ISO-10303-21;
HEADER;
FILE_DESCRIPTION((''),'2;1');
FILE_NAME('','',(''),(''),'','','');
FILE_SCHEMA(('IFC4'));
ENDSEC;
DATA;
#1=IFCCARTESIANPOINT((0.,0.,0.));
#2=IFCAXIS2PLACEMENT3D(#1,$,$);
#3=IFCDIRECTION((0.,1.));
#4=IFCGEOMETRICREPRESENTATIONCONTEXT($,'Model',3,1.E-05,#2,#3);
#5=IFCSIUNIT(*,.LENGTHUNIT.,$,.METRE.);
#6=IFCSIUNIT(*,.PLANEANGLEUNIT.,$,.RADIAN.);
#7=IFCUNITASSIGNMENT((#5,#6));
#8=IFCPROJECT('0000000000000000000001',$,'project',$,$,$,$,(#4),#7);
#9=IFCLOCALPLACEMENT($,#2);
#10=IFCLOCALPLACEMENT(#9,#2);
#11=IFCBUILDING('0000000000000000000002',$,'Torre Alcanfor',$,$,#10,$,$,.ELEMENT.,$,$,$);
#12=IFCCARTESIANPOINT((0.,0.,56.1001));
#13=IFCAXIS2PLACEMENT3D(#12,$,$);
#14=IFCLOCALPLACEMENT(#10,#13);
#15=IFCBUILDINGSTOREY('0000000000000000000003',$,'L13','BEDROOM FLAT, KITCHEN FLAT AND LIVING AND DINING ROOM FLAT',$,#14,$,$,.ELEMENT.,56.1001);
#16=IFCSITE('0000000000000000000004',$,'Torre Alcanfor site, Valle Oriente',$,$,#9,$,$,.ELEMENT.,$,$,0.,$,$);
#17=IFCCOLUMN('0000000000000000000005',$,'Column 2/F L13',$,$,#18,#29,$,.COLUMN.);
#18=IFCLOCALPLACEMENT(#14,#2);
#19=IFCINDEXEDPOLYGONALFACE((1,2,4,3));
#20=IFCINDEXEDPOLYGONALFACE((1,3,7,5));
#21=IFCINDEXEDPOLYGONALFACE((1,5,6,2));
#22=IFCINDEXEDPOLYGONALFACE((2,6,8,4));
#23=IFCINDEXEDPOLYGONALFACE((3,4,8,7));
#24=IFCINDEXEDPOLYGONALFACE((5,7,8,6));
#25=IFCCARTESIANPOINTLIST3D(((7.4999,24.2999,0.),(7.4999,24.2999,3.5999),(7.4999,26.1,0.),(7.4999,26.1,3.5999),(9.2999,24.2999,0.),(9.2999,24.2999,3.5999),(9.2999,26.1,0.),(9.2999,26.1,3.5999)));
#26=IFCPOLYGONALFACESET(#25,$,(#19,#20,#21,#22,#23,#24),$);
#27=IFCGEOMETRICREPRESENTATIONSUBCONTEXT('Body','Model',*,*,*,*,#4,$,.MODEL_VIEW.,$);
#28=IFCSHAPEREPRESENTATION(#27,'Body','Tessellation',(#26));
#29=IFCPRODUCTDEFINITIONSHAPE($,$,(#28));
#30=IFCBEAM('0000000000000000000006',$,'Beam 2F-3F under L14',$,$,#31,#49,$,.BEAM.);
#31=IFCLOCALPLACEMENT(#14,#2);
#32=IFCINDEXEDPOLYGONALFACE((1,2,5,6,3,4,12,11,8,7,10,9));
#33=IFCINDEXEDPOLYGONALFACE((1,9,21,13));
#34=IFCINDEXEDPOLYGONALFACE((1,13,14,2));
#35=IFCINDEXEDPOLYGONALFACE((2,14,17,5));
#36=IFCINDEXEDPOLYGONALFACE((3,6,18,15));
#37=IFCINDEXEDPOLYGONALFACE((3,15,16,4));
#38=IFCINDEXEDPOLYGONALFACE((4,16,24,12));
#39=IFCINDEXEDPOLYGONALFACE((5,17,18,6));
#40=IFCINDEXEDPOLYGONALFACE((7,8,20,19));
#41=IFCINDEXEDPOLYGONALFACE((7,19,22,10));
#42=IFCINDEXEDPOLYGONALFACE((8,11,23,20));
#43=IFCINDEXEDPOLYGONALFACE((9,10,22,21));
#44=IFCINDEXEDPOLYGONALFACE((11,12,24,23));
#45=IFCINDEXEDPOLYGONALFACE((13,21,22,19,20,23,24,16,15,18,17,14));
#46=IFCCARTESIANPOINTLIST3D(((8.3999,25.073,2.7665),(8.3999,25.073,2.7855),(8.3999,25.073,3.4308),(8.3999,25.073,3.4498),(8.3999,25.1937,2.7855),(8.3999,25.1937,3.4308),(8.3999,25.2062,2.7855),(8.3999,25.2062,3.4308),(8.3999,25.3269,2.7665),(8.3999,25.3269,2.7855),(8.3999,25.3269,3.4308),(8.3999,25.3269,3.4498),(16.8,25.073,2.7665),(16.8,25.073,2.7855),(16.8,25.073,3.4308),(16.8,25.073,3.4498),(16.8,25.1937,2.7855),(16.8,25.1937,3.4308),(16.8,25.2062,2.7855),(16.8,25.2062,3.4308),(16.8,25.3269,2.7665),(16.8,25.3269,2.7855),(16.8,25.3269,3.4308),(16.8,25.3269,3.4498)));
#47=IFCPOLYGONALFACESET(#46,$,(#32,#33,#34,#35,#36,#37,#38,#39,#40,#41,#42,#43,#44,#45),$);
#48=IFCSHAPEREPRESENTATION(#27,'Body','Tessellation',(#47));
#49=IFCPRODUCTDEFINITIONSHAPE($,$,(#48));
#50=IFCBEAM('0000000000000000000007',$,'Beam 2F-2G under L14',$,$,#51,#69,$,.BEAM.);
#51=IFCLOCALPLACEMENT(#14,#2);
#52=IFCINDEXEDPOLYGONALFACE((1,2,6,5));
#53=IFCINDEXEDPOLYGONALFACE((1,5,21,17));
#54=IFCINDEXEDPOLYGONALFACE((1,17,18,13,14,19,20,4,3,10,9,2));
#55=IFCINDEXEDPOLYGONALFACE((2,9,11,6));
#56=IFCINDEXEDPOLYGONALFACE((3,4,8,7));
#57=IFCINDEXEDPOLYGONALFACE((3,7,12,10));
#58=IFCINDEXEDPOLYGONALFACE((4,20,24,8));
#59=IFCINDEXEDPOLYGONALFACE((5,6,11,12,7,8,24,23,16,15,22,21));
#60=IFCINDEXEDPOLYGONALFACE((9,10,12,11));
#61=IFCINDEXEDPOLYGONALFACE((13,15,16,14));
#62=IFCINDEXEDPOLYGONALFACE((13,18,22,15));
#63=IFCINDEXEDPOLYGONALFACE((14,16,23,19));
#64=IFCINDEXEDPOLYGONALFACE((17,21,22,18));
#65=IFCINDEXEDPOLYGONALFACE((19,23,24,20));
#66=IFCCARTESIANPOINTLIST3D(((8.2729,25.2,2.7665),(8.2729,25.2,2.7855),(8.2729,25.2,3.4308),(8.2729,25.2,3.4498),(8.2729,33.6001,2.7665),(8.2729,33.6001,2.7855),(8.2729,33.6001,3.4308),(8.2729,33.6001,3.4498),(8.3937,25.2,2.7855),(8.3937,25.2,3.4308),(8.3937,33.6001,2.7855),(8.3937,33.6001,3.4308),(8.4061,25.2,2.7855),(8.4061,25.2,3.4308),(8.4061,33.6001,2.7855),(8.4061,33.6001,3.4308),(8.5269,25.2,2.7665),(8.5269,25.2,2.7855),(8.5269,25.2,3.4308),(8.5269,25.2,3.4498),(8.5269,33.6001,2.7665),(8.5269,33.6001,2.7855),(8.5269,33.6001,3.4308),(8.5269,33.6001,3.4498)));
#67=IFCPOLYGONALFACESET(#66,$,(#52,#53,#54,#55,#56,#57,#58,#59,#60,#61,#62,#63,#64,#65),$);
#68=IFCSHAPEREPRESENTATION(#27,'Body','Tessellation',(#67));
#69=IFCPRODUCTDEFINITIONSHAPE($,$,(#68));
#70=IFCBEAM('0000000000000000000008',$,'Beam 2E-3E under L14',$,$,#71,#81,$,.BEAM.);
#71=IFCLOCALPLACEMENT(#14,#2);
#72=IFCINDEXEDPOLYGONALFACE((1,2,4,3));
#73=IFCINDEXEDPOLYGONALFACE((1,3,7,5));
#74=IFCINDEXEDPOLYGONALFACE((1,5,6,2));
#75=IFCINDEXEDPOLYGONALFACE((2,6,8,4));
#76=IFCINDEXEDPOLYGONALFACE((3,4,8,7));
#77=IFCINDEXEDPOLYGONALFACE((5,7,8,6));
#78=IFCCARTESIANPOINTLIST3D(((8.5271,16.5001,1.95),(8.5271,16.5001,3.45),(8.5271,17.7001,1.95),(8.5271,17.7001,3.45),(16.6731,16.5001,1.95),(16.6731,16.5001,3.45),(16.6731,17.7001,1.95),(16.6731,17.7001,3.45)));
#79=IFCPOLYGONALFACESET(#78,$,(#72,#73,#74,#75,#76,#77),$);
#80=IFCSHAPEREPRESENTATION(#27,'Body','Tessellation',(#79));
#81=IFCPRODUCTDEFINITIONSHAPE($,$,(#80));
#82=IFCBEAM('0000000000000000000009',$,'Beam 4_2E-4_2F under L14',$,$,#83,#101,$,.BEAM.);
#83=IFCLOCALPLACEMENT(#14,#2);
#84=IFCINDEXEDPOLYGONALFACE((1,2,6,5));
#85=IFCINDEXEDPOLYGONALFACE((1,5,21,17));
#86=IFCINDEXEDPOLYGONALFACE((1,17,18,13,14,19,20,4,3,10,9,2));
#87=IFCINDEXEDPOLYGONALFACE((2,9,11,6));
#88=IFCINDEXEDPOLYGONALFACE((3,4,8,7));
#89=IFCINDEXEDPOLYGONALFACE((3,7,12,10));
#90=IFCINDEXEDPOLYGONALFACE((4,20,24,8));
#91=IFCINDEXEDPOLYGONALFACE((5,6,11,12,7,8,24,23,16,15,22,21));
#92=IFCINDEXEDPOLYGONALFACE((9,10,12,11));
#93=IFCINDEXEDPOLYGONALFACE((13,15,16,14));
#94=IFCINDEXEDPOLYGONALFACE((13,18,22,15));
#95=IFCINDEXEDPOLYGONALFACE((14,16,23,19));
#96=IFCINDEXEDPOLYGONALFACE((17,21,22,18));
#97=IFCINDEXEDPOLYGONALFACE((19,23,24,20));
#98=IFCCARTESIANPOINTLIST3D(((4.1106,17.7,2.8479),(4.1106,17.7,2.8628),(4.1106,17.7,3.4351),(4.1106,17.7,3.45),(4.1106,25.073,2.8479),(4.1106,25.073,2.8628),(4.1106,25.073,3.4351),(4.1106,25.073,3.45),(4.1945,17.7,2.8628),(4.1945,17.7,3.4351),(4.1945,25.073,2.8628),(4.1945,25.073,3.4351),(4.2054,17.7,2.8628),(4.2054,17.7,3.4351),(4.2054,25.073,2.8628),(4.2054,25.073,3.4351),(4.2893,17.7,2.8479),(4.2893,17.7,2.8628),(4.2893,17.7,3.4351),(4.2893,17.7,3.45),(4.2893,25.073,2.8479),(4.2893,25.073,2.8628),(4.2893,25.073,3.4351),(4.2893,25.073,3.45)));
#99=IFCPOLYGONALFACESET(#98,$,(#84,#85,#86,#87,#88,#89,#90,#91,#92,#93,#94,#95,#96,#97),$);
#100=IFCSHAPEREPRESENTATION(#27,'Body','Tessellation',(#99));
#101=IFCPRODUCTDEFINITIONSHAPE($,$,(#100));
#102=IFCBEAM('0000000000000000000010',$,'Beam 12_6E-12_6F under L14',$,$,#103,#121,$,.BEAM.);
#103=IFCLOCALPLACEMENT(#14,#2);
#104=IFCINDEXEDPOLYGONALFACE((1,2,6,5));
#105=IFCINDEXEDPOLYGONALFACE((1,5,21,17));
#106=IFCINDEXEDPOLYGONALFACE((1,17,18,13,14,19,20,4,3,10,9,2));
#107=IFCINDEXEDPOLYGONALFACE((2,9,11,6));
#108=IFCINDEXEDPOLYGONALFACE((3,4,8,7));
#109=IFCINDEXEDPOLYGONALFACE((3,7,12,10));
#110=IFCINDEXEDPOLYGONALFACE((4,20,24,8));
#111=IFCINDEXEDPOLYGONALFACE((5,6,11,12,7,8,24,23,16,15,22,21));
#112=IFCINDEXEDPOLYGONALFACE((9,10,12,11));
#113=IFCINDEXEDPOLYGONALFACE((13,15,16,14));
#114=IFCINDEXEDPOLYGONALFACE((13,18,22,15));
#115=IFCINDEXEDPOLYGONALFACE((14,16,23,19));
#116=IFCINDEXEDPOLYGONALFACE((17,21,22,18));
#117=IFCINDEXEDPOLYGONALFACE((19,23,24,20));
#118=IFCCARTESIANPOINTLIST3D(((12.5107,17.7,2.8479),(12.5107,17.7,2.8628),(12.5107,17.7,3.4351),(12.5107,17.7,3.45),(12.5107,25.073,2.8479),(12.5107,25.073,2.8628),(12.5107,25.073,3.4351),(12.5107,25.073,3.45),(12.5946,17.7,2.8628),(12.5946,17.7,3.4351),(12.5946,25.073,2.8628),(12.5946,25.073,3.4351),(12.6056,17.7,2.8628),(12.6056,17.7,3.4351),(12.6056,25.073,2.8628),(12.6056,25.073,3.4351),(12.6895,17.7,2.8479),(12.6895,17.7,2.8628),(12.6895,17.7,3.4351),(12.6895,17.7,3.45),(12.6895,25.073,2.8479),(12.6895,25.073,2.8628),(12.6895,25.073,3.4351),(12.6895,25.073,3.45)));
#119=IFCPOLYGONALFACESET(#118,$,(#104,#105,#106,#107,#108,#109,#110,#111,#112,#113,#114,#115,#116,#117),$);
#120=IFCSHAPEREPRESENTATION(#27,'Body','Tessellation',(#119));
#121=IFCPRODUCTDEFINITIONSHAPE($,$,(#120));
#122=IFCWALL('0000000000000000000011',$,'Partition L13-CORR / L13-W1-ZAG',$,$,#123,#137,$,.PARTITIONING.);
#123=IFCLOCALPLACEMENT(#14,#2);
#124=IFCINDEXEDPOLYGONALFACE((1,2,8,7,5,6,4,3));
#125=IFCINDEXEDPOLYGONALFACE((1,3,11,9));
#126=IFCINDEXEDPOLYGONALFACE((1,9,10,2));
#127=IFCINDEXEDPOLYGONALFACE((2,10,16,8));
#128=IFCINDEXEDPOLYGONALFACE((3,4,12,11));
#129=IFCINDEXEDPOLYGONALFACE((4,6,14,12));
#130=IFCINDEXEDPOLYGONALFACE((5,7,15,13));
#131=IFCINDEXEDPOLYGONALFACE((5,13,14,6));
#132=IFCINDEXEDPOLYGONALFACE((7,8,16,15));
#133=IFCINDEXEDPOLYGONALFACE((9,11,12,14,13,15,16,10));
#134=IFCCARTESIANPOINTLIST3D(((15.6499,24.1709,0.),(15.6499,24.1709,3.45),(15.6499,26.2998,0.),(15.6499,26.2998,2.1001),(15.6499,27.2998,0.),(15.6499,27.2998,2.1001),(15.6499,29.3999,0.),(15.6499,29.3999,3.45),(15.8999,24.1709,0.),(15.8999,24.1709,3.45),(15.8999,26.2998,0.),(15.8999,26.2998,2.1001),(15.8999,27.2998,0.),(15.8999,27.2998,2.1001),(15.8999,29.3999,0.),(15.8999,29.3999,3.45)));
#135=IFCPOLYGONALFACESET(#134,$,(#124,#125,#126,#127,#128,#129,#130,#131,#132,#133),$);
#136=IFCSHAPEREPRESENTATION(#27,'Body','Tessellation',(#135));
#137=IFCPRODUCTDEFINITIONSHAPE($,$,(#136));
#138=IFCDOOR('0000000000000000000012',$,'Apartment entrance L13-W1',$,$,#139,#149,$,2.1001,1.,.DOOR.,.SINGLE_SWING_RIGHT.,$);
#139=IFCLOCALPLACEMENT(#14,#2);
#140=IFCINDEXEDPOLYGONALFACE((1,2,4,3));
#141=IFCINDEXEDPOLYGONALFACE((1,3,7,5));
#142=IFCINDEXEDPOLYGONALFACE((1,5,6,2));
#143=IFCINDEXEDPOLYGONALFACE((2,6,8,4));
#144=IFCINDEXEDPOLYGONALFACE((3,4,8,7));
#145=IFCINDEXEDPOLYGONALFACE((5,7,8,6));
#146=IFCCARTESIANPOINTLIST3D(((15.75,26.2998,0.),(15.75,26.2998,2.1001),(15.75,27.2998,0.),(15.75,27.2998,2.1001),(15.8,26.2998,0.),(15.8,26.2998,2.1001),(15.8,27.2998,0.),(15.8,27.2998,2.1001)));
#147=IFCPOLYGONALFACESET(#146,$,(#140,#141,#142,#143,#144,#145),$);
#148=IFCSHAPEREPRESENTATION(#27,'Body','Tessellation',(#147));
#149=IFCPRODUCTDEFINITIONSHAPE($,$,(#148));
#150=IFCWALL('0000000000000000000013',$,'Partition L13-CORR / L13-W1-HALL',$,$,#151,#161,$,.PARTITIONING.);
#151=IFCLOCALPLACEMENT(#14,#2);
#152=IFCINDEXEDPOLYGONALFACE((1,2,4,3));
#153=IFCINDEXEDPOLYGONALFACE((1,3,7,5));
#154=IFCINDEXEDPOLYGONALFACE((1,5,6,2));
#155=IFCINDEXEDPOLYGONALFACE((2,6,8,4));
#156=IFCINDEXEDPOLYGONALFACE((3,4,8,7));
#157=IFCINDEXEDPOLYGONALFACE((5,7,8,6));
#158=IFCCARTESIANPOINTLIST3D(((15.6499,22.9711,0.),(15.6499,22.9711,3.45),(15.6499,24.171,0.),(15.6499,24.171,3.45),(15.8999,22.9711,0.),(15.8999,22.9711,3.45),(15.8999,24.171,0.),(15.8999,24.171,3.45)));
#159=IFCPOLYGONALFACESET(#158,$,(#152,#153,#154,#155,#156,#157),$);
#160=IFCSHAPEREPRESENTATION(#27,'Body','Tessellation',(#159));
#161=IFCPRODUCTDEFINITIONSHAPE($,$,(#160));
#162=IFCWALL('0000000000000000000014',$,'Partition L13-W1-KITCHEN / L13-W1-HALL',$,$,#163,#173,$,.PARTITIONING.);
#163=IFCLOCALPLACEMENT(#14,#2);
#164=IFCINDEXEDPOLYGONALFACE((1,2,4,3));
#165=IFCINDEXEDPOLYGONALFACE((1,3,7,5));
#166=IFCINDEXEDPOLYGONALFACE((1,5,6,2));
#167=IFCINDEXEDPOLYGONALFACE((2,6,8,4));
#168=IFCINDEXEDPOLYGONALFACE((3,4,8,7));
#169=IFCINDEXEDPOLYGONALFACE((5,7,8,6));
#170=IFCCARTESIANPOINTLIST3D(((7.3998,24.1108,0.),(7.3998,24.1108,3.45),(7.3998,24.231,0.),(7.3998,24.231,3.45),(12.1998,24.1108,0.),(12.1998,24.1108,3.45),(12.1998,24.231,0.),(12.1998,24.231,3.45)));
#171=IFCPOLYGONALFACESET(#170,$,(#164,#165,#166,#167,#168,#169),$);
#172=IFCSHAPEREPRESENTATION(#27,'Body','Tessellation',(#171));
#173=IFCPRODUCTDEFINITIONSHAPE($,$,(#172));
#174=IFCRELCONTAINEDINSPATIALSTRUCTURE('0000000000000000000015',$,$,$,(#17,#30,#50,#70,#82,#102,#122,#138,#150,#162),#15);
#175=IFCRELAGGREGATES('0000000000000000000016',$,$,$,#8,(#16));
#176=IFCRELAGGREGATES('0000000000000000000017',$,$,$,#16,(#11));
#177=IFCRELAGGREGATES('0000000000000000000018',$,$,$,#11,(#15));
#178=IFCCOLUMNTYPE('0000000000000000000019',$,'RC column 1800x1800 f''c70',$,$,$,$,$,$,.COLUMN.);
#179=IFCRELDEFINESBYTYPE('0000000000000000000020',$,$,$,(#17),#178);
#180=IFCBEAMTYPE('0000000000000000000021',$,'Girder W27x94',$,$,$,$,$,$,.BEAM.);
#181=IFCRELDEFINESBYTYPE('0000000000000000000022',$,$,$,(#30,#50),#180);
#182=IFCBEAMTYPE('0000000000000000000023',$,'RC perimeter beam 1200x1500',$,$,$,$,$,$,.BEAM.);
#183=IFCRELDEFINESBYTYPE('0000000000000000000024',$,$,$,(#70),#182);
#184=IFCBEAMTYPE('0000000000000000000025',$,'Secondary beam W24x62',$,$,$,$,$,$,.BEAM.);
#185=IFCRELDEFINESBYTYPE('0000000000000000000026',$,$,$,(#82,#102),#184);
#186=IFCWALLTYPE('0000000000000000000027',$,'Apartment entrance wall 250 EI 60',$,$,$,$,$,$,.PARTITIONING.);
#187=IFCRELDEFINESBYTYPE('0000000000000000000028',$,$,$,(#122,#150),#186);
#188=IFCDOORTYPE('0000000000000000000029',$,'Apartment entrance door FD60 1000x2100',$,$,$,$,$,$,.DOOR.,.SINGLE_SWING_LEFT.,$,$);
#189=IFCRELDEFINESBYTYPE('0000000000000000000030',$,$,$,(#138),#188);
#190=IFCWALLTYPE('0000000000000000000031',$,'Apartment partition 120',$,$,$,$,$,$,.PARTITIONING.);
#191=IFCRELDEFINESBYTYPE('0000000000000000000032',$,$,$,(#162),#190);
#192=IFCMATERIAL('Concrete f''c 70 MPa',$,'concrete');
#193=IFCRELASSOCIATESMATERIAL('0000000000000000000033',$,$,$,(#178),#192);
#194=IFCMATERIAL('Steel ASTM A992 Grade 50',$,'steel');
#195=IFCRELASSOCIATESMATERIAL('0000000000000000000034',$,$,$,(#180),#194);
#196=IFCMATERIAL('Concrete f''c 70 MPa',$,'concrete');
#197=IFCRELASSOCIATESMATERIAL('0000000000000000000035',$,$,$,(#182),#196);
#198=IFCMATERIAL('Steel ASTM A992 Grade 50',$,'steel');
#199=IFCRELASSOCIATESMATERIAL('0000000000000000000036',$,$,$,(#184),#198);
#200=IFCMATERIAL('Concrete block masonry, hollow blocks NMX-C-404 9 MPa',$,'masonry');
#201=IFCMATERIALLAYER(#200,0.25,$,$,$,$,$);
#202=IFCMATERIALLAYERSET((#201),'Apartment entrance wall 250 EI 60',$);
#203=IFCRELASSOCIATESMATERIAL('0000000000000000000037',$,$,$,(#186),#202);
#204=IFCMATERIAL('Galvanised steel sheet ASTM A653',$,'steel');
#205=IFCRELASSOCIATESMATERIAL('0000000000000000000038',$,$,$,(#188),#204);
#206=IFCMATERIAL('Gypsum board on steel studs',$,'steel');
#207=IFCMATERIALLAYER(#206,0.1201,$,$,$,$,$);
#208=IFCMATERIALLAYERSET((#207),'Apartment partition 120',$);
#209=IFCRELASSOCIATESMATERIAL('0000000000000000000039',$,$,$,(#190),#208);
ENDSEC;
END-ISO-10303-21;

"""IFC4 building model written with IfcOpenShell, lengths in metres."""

from ifc_helpers import new_model, si_unit, direction, frame, frame_2d, origin, origin_2d, place, context, subcontext, project, spatial, rectangle, i_section, extrude, material, layer, layer_set, material_profile, profile_set, type_object, element, fill, save


model = new_model("IFC4")

# Units and contexts
model_context = context("Model", 3, precision=1e-05, world=origin(), true_north=direction((0.0, 1.0)))
body_context = subcontext(model_context, "Body", "Model", "MODEL_VIEW")
ifc_project = project(units=[si_unit("LENGTHUNIT", "METRE"), si_unit("PLANEANGLEUNIT", "RADIAN")], contexts=[model_context])

# Site, building, storey
site_placement = place(None, origin())
site = spatial("IfcSite", under=ifc_project, at=site_placement, Name="Torre Alcanfor site, Valle Oriente", CompositionType="ELEMENT", RefElevation=0.0)
building_placement = place(site_placement, origin())
building = spatial("IfcBuilding", under=site, at=building_placement, Name="Torre Alcanfor", CompositionType="ELEMENT")
storey_placement = place(building_placement, frame((0.0, 0.0, 56.1001)))
storey = spatial("IfcBuildingStorey", under=building, at=storey_placement, Name="L13", Description="BEDROOM FLAT, KITCHEN FLAT AND LIVING AND DINING ROOM FLAT", CompositionType="ELEMENT", Elevation=56.1001)

# Column
ifc_material_1 = material(Name="Concrete f'c 70 MPa", Category="concrete")
ifc_material_profile_1 = material_profile(ifc_material_1, rectangle(XDim=1.8, YDim=1.8, at=origin_2d()), Name="1800x1800")
ifc_profile_set_1 = profile_set([ifc_material_profile_1], Name="Concrete f'c 70 MPa")
column_type = type_object("IfcColumnType", Name="RC column 1800x1800 f'c70", PredefinedType="COLUMN", material=ifc_profile_set_1)
column_placement = place(storey_placement, frame((8.3999, 25.2, 0.0), z_axis=(0.0, 0.0, 1.0), x_axis=(1.0, 0.0, 0.0)))
element("IfcColumn", 1, at=column_placement, inside=storey, type_object=column_type, Name="Column 2/F L13", PredefinedType="COLUMN", context=body_context, shape_type="SweptSolid", body=[
    extrude(rectangle(XDim=1.8, YDim=1.8, at=origin_2d()), origin(), (0.0, 0.0, 1.0), 3.5999),
])

# Beams
ifc_material_2 = material(Name="Steel ASTM A992 Grade 50", Category="steel")
ifc_material_profile_2 = material_profile(ifc_material_2, i_section(OverallWidth=0.2539, OverallDepth=0.6833, WebThickness=0.0125, FlangeThickness=0.019, at=origin_2d()), Name="W27x94")
ifc_profile_set_2 = profile_set([ifc_material_profile_2], Name="Steel ASTM A992 Grade 50")
beam_type_1 = type_object("IfcBeamType", Name="Girder W27x94", PredefinedType="BEAM", material=ifc_profile_set_2)
for number, where, z_axis, x_axis, name in (
    (2, (8.3999, 25.2, 3.1082), (1.0, 0.0, 0.0), (0.0, 1.0, 0.0), "Beam 2F-3F under L14"),
    (3, (8.3999, 25.2, 3.1082), (0.0, 1.0, 0.0), (-1.0, 0.0, 0.0), "Beam 2F-2G under L14"),
):
    element("IfcBeam", number, at=place(storey_placement, frame(where, z_axis=z_axis, x_axis=x_axis)), inside=storey, type_object=beam_type_1, Name=name, PredefinedType="BEAM", context=body_context, shape_type="SweptSolid", body=[
        extrude(i_section(OverallWidth=0.2539, OverallDepth=0.6833, WebThickness=0.0125, FlangeThickness=0.019, at=origin_2d()), origin(), (0.0, 0.0, 1.0), 8.4001),
    ])
ifc_material_3 = material(Name="Concrete f'c 70 MPa", Category="concrete")
ifc_material_profile_3 = material_profile(ifc_material_3, rectangle(XDim=1.2, YDim=1.5, at=origin_2d()), Name="1200x1500")
ifc_profile_set_3 = profile_set([ifc_material_profile_3], Name="Concrete f'c 70 MPa")
beam_type_2 = type_object("IfcBeamType", Name="RC perimeter beam 1200x1500", PredefinedType="BEAM", material=ifc_profile_set_3)
beam_placement = place(storey_placement, frame((8.5271, 17.1001, 2.7), z_axis=(1.0, 0.0, 0.0), x_axis=(0.0, 1.0, 0.0)))
element("IfcBeam", 4, at=beam_placement, inside=storey, type_object=beam_type_2, Name="Beam 2E-3E under L14", PredefinedType="BEAM", context=body_context, shape_type="SweptSolid", body=[
    extrude(rectangle(XDim=1.2, YDim=1.5, at=origin_2d()), origin(), (0.0, 0.0, 1.0), 8.146),
])
ifc_material_4 = material(Name="Steel ASTM A992 Grade 50", Category="steel")
ifc_material_profile_4 = material_profile(ifc_material_4, i_section(OverallWidth=0.1787, OverallDepth=0.6021, WebThickness=0.011, FlangeThickness=0.0149, at=origin_2d()), Name="W24x62")
ifc_profile_set_4 = profile_set([ifc_material_profile_4], Name="Steel ASTM A992 Grade 50")
beam_type_3 = type_object("IfcBeamType", Name="Secondary beam W24x62", PredefinedType="BEAM", material=ifc_profile_set_4)
for number, where, z_axis, x_axis, name in (
    (5, (4.2, 17.7, 3.1489), (0.0, 1.0, 0.0), (-1.0, 0.0, 0.0), "Beam 4_2E-4_2F under L14"),
    (6, (12.6001, 17.7, 3.1489), (0.0, 1.0, 0.0), (-1.0, 0.0, 0.0), "Beam 12_6E-12_6F under L14"),
):
    element("IfcBeam", number, at=place(storey_placement, frame(where, z_axis=z_axis, x_axis=x_axis)), inside=storey, type_object=beam_type_3, Name=name, PredefinedType="BEAM", context=body_context, shape_type="SweptSolid", body=[
        extrude(i_section(OverallWidth=0.1787, OverallDepth=0.6021, WebThickness=0.011, FlangeThickness=0.0149, at=origin_2d()), origin(), (0.0, 0.0, 1.0), 7.373),
    ])

# Wall, opening, door
ifc_material_5 = material(Name="Concrete block masonry, hollow blocks NMX-C-404 9 MPa", Category="masonry")
ifc_layer_1 = layer(ifc_material_5, 0.25)
ifc_layer_set_1 = layer_set([ifc_layer_1], Name="Apartment entrance wall 250 EI 60")
wall_type_1 = type_object("IfcWallType", Name="Apartment entrance wall 250 EI 60", PredefinedType="PARTITIONING", material=ifc_layer_set_1)
wall_1_placement = place(storey_placement, frame((15.7749, 24.1709, 0.0), z_axis=(0.0, 0.0, 1.0), x_axis=(0.0, 1.0, 0.0)))
wall_1 = element("IfcWall", 7, at=wall_1_placement, inside=storey, type_object=wall_type_1, Name="Partition L13-CORR / L13-W1-ZAG", PredefinedType="PARTITIONING", context=body_context, shape_type="SweptSolid", body=[
    extrude(rectangle(XDim=5.229, YDim=0.25, at=frame_2d((2.6145, 0.0))), origin(), (0.0, 0.0, 1.0), 3.45),
])
opening_1_placement = place(wall_1_placement, frame((2.1289, 0.0, 0.0)))
opening_1 = element("IfcOpeningElement", 8, at=opening_1_placement, cuts=wall_1, PredefinedType="OPENING", context=body_context, shape_type="SweptSolid", body=[
    extrude(rectangle(XDim=1.0, YDim=2.1001, at=frame_2d((0.5, 1.05))), frame((0.0, 0.135, 0.0), z_axis=(0.0, -1.0, 0.0), x_axis=(1.0, 0.0, 0.0)), (0.0, 0.0, 1.0), 0.27),
])
ifc_material_6 = material(Name="Galvanised steel sheet ASTM A653", Category="steel")
door_type_1 = type_object("IfcDoorType", Name="Apartment entrance door FD60 1000x2100", OperationType="SINGLE_SWING_LEFT", PredefinedType="DOOR", material=ifc_material_6)
door_1_placement = place(opening_1_placement, origin())
door_1 = element("IfcDoor", 9, at=door_1_placement, inside=storey, type_object=door_type_1, Name="Apartment entrance L13-W1", OperationType="SINGLE_SWING_RIGHT", OverallHeight=2.1001, OverallWidth=1.0, PredefinedType="DOOR", context=body_context, shape_type="SweptSolid", body=[
    extrude(rectangle(XDim=1.0, YDim=2.1001, at=frame_2d((0.5, 1.05))), frame((0.0, 0.0249, 0.0), z_axis=(0.0, -1.0, 0.0), x_axis=(1.0, 0.0, 0.0)), (0.0, 0.0, 1.0), 0.05),
])
fill(opening_1, door_1)

# Walls
wall_2_placement = place(storey_placement, frame((15.7749, 22.9709, 0.0), z_axis=(0.0, 0.0, 1.0), x_axis=(0.0, 1.0, 0.0)))
element("IfcWall", 10, at=wall_2_placement, inside=storey, type_object=wall_type_1, Name="Partition L13-CORR / L13-W1-HALL", PredefinedType="PARTITIONING", context=body_context, shape_type="SweptSolid", body=[
    extrude(rectangle(XDim=1.2, YDim=0.25, at=frame_2d((0.6001, 0.0))), origin(), (0.0, 0.0, 1.0), 3.45),
])
ifc_material_7 = material(Name="Gypsum board on steel studs", Category="steel")
ifc_layer_2 = layer(ifc_material_7, 0.1201)
ifc_layer_set_2 = layer_set([ifc_layer_2], Name="Apartment partition 120")
wall_type_2 = type_object("IfcWallType", Name="Apartment partition 120", PredefinedType="PARTITIONING", material=ifc_layer_set_2)
wall_3_placement = place(storey_placement, frame((7.3999, 24.1709, 0.0), z_axis=(0.0, 0.0, 1.0), x_axis=(1.0, 0.0, 0.0)))
element("IfcWall", 11, at=wall_3_placement, inside=storey, type_object=wall_type_2, Name="Partition L13-W1-KITCHEN / L13-W1-HALL", PredefinedType="PARTITIONING", context=body_context, shape_type="SweptSolid", body=[
    extrude(rectangle(XDim=4.8, YDim=0.1201, at=frame_2d((2.3999, 0.0))), origin(), (0.0, 0.0, 1.0), 3.45),
])

save(model, "model.ifc")
